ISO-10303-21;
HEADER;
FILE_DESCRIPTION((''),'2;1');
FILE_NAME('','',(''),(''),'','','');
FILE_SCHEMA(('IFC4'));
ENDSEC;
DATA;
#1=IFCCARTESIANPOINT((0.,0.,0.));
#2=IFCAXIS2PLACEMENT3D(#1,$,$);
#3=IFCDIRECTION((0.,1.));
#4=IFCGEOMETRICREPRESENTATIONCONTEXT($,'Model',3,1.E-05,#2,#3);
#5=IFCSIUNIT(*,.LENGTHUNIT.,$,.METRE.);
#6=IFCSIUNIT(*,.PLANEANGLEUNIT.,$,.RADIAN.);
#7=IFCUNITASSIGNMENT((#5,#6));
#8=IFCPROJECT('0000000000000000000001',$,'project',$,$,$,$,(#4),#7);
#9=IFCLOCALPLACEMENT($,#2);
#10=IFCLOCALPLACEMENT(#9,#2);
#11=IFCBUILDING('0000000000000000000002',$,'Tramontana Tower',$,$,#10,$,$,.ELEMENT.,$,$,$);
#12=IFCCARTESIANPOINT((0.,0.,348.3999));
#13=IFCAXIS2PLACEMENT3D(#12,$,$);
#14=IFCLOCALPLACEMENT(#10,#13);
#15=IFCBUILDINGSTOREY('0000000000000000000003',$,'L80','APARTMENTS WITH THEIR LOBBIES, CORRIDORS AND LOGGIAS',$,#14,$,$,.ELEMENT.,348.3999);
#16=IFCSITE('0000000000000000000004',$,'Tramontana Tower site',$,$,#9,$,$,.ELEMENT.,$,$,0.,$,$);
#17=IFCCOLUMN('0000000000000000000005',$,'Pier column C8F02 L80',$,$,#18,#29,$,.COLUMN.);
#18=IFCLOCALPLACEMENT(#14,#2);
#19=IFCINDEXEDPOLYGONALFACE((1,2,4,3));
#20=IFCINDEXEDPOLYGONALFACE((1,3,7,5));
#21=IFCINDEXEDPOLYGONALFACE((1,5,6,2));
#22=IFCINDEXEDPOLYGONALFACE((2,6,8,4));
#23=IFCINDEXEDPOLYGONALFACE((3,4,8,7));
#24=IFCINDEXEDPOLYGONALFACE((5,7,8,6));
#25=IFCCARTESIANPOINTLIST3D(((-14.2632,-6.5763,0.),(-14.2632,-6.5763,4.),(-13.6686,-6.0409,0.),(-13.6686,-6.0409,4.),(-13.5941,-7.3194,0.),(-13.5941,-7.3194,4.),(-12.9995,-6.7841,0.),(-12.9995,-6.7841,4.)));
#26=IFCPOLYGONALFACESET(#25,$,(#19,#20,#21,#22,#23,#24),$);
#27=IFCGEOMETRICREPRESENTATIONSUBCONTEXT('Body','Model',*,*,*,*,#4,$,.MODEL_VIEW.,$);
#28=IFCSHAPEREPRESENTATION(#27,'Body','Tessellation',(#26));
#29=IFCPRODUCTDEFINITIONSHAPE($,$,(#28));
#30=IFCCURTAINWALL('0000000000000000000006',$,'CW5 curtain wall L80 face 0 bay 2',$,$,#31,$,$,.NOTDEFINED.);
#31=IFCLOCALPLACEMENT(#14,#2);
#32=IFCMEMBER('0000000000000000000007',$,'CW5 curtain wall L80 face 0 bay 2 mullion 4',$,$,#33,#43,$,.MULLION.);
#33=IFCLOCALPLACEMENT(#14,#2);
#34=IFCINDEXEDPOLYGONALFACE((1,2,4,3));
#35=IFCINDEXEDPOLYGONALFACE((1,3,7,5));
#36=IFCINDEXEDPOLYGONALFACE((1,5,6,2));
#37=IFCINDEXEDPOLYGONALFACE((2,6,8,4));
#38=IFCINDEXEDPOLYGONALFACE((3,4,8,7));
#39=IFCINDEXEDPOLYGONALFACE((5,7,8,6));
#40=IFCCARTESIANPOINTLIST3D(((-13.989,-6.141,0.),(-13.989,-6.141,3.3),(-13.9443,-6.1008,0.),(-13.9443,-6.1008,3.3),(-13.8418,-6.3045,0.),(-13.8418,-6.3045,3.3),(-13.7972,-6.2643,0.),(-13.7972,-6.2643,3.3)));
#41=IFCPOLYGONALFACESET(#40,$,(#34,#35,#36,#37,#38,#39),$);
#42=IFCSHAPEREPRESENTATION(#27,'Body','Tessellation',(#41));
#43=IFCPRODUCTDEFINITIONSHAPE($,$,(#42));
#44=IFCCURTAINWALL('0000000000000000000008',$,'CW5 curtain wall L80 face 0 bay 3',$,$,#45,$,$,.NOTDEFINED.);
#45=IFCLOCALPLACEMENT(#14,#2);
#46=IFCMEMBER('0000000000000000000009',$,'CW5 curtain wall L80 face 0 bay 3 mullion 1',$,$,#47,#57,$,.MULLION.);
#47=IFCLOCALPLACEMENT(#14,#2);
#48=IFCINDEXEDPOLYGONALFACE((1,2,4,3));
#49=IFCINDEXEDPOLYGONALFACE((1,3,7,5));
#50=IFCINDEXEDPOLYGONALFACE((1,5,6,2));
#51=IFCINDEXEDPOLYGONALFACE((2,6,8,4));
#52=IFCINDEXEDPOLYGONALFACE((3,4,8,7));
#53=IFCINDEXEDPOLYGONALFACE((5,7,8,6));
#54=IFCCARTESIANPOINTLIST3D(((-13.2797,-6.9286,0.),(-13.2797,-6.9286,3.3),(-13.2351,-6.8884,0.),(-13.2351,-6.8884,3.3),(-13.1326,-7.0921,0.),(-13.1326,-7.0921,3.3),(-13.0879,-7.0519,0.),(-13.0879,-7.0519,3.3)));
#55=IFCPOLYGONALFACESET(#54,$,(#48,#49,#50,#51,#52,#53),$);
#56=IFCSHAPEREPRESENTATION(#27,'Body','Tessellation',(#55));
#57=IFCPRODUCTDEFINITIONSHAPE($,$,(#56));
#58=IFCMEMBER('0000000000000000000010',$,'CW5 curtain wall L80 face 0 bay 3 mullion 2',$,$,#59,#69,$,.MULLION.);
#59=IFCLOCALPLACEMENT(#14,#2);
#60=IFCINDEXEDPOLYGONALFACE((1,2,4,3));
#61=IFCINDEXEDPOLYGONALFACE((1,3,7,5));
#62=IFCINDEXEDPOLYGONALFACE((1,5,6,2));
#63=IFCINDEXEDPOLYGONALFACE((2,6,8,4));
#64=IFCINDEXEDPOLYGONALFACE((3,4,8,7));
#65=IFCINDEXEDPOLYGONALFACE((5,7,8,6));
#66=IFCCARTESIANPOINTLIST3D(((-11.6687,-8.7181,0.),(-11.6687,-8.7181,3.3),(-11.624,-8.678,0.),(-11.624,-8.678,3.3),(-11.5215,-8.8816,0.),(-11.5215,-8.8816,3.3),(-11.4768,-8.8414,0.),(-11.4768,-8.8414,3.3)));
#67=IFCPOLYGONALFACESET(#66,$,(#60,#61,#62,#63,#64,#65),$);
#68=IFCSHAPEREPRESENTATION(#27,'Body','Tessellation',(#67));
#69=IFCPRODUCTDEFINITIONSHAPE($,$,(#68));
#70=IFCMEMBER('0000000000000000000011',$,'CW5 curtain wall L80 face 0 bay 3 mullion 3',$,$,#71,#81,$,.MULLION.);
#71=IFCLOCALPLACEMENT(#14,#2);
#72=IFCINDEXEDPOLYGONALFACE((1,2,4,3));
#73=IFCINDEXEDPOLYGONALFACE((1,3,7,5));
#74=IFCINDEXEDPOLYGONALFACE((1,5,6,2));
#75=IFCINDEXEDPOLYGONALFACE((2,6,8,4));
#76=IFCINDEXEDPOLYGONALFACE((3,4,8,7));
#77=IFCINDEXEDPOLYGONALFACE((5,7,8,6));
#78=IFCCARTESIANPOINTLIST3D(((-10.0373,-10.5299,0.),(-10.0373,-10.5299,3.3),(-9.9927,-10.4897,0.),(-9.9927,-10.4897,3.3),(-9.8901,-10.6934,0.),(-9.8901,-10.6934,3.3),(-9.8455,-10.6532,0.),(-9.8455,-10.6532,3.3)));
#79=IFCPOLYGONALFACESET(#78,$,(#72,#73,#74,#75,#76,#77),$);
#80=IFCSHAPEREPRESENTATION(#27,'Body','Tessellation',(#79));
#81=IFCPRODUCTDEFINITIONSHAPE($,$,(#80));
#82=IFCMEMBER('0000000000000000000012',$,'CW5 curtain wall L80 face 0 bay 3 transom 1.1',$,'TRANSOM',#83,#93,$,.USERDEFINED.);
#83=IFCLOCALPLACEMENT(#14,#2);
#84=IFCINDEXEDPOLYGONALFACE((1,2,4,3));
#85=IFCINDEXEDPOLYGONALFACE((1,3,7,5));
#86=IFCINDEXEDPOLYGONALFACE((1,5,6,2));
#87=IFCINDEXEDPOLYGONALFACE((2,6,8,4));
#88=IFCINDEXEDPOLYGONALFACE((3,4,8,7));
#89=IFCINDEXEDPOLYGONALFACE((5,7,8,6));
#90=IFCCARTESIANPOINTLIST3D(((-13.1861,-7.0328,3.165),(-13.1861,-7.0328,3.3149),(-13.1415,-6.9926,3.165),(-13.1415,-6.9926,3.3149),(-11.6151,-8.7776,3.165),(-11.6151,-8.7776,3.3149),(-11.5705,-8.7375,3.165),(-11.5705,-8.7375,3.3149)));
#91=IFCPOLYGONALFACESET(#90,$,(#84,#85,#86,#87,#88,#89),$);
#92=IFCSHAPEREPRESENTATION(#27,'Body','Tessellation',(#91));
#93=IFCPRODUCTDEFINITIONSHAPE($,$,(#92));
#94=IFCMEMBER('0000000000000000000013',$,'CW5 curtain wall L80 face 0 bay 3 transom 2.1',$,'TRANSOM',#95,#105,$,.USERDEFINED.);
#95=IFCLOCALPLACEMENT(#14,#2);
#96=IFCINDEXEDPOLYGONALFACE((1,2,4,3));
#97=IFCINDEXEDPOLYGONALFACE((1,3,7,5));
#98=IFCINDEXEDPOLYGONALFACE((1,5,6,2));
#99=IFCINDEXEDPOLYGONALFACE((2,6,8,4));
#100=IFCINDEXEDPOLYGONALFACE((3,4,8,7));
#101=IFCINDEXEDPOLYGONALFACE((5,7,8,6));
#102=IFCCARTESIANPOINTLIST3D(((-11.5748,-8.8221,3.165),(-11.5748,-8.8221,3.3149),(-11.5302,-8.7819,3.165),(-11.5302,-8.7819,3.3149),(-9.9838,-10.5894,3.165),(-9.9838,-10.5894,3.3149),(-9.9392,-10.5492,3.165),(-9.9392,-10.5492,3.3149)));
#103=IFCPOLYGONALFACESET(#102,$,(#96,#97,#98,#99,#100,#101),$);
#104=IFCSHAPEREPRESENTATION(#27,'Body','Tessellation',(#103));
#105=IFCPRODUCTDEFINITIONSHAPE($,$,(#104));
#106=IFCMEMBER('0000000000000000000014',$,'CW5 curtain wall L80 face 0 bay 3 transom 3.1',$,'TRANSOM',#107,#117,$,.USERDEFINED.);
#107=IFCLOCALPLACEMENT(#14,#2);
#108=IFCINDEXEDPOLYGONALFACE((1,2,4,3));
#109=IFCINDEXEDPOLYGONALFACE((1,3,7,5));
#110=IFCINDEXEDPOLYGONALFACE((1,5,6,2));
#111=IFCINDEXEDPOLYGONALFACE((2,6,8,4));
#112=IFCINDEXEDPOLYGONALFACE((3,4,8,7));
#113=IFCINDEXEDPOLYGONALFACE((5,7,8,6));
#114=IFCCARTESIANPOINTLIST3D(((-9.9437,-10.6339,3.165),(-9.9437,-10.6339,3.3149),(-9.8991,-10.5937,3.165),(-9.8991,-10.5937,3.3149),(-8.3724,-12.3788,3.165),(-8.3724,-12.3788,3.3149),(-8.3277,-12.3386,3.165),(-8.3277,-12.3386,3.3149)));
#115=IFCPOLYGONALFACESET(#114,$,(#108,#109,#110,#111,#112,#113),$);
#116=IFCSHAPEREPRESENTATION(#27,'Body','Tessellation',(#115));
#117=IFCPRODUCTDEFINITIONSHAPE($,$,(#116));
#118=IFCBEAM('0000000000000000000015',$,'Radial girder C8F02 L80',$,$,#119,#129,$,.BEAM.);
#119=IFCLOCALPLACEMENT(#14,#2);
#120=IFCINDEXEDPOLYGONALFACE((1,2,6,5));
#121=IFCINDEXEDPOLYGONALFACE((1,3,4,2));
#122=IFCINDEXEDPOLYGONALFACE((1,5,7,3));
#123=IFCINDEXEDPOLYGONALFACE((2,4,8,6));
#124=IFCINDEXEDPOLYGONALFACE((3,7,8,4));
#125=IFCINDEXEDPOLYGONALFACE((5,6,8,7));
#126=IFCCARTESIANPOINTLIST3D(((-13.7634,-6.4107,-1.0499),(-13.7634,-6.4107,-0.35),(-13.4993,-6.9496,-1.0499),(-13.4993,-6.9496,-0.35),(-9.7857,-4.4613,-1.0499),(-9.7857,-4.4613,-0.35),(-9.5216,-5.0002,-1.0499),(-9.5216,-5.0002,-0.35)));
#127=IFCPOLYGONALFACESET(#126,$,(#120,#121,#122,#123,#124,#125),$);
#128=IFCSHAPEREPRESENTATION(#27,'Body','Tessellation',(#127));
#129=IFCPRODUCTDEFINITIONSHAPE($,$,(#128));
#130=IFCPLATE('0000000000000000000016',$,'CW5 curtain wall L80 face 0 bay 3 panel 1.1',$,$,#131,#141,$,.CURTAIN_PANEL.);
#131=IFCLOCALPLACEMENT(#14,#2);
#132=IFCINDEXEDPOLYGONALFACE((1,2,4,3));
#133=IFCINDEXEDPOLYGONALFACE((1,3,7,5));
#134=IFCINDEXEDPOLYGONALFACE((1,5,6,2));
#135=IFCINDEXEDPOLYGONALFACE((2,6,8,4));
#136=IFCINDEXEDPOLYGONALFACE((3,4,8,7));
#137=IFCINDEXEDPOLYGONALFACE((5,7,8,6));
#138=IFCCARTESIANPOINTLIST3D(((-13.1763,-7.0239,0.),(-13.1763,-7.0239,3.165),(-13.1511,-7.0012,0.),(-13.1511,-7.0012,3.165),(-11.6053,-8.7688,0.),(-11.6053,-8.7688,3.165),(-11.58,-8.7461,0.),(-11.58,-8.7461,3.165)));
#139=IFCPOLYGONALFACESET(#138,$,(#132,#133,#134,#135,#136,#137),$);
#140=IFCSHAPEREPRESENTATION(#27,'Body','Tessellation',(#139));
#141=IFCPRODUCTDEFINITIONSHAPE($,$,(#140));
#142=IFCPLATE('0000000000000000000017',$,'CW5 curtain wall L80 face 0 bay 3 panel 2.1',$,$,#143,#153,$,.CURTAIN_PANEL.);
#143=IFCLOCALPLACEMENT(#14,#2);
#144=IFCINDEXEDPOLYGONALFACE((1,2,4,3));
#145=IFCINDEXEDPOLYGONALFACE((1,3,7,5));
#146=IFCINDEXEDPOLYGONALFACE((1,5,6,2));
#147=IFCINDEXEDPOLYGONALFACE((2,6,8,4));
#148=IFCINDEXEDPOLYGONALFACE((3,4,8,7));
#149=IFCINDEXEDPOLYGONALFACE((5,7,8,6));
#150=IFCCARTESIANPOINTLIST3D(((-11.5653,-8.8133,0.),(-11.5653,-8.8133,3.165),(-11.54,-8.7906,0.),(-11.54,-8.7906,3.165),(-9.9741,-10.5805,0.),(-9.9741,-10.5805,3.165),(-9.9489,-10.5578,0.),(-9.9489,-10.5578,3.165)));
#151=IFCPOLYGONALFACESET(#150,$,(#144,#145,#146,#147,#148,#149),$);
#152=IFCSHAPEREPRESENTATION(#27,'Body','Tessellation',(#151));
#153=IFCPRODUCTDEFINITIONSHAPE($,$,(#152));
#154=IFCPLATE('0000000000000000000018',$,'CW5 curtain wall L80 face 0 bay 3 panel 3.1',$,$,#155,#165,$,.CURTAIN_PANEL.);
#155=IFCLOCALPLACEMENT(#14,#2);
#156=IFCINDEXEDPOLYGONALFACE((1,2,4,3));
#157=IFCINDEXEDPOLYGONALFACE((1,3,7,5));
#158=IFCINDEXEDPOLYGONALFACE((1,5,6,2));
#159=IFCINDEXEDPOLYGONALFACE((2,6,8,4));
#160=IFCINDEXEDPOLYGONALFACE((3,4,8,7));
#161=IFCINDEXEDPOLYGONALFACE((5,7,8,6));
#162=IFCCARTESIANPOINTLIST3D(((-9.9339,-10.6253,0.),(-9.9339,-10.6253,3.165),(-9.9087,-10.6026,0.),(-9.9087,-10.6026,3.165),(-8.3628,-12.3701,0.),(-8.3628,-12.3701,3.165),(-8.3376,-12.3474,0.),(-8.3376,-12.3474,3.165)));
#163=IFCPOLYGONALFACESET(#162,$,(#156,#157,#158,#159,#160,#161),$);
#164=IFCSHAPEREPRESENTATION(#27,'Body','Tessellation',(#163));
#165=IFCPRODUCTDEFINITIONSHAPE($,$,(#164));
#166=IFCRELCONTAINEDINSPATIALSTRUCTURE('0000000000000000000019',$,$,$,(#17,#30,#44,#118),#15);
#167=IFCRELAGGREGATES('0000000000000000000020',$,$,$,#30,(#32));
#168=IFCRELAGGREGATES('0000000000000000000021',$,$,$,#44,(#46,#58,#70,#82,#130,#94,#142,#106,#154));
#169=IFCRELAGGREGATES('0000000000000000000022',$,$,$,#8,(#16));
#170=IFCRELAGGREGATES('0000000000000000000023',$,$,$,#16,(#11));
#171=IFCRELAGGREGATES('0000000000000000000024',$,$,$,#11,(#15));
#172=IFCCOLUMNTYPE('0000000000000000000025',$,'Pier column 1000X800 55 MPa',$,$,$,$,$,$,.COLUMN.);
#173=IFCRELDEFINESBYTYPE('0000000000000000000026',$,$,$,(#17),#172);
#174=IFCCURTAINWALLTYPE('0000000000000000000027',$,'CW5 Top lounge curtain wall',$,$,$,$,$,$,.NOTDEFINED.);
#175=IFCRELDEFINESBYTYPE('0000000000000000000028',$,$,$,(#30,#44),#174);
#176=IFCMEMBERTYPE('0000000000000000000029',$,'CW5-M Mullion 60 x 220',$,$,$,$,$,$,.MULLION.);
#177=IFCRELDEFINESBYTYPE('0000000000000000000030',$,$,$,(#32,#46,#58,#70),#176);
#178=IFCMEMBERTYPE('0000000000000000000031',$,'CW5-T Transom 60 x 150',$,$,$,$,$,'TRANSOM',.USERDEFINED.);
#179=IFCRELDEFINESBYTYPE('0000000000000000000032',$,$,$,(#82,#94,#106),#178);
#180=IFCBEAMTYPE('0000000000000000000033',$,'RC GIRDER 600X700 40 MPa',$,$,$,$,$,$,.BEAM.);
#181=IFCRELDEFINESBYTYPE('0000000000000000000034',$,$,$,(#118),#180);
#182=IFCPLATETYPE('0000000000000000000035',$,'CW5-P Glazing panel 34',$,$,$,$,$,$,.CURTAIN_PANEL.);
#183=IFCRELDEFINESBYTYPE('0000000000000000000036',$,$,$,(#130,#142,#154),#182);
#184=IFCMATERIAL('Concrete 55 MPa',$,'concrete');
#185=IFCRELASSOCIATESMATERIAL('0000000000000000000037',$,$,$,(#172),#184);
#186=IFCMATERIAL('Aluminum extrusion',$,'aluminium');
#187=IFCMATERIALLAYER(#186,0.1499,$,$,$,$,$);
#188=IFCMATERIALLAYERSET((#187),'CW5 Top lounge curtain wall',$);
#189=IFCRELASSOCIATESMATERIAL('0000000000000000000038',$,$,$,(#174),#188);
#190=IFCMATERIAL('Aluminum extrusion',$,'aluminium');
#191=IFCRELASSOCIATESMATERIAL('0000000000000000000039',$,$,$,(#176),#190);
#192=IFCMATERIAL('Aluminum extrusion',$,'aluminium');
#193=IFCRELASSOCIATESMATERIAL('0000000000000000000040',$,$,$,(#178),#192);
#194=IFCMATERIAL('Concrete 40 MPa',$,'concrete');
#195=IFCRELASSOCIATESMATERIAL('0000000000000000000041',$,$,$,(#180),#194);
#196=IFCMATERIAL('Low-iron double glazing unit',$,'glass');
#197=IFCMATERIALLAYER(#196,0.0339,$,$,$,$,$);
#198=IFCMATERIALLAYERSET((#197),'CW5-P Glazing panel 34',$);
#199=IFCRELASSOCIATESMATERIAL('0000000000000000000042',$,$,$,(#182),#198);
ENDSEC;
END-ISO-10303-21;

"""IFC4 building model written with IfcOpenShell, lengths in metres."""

from ifc_helpers import new_model, si_unit, direction, frame, origin, origin_2d, place, context, subcontext, project, spatial, rectangle, extrude, material, layer, layer_set, material_profile, profile_set, type_object, element, aggregate, save


model = new_model("IFC4")

# Units and contexts
model_context = context("Model", 3, precision=1e-05, world=origin(), true_north=direction((0.0, 1.0)))
body_context = subcontext(model_context, "Body", "Model", "MODEL_VIEW")
ifc_project = project(units=[si_unit("LENGTHUNIT", "METRE"), si_unit("PLANEANGLEUNIT", "RADIAN")], contexts=[model_context])

# Site, building, storey
site_placement = place(None, origin())
site = spatial("IfcSite", under=ifc_project, at=site_placement, Name="Tramontana Tower site", CompositionType="ELEMENT", RefElevation=0.0)
building_placement = place(site_placement, origin())
building = spatial("IfcBuilding", under=site, at=building_placement, Name="Tramontana Tower", CompositionType="ELEMENT")
storey_placement = place(building_placement, frame((0.0, 0.0, 348.3999)))
storey = spatial("IfcBuildingStorey", under=building, at=storey_placement, Name="L80", Description="APARTMENTS WITH THEIR LOBBIES, CORRIDORS AND LOGGIAS", CompositionType="ELEMENT", Elevation=348.3999)

# Column
ifc_material_1 = material(Name="Concrete 55 MPa", Category="concrete")
ifc_material_profile_1 = material_profile(ifc_material_1, rectangle(XDim=1.0, YDim=0.8, at=origin_2d()), Name="Pier column 1000X800 55 MPa")
ifc_profile_set_1 = profile_set([ifc_material_profile_1], Name="Concrete 55 MPa")
column_type = type_object("IfcColumnType", Name="Pier column 1000X800 55 MPa", PredefinedType="COLUMN", material=ifc_profile_set_1)
column_placement = place(storey_placement, frame((-13.6313, -6.6802, 0.0), z_axis=(0.0, 0.0, 1.0), x_axis=(0.669131, -0.743145, 0.0)))
element("IfcColumn", 1, at=column_placement, inside=storey, type_object=column_type, Name="Pier column C8F02 L80", PredefinedType="COLUMN", context=body_context, shape_type="SweptSolid", body=[
    extrude(rectangle(XDim=1.0, YDim=0.8, at=origin_2d()), origin(), (0.0, 0.0, 1.0), 4.0),
])

# Curtain wall, member
ifc_material_2 = material(Name="Aluminum extrusion", Category="aluminium")
ifc_layer_1 = layer(ifc_material_2, 0.1499)
ifc_layer_set_1 = layer_set([ifc_layer_1], Name="CW5 Top lounge curtain wall")
curtain_wall_type = type_object("IfcCurtainWallType", Name="CW5 Top lounge curtain wall", PredefinedType="NOTDEFINED", material=ifc_layer_set_1)
curtain_wall_1_placement = place(storey_placement, origin())
curtain_wall_1 = element("IfcCurtainWall", 2, at=curtain_wall_1_placement, inside=storey, type_object=curtain_wall_type, Name="CW5 curtain wall L80 face 0 bay 2", PredefinedType="NOTDEFINED")
ifc_material_3 = material(Name="Aluminum extrusion", Category="aluminium")
ifc_material_profile_2 = material_profile(ifc_material_3, rectangle(XDim=0.0601, YDim=0.22, at=origin_2d()), Name="CW5-M Mullion 60 x 220")
ifc_profile_set_2 = profile_set([ifc_material_profile_2], Name="Aluminum extrusion")
member_type_1 = type_object("IfcMemberType", Name="CW5-M Mullion 60 x 220", PredefinedType="MULLION", material=ifc_profile_set_2)
member_1_placement = place(storey_placement, frame((-13.8931, -6.2026, 0.0), z_axis=(0.0, 0.0, 1.0), x_axis=(0.743145, 0.669131, 0.0)))
member_1 = element("IfcMember", 3, at=member_1_placement, type_object=member_type_1, Name="CW5 curtain wall L80 face 0 bay 2 mullion 4", PredefinedType="MULLION", context=body_context, shape_type="SweptSolid", body=[
    extrude(rectangle(XDim=0.0601, YDim=0.22, at=origin_2d()), origin(), (0.0, 0.0, 1.0), 3.3),
])
aggregate(curtain_wall_1, [member_1])

# Curtain wall, members
curtain_wall_2_placement = place(storey_placement, origin())
curtain_wall_2 = element("IfcCurtainWall", 4, at=curtain_wall_2_placement, inside=storey, type_object=curtain_wall_type, Name="CW5 curtain wall L80 face 0 bay 3", PredefinedType="NOTDEFINED")
member_2_placement = place(storey_placement, frame((-13.1838, -6.9902, 0.0), z_axis=(0.0, 0.0, 1.0), x_axis=(0.743145, 0.669131, 0.0)))
member_2 = element("IfcMember", 5, at=member_2_placement, type_object=member_type_1, Name="CW5 curtain wall L80 face 0 bay 3 mullion 1", PredefinedType="MULLION", context=body_context, shape_type="SweptSolid", body=[
    extrude(rectangle(XDim=0.0601, YDim=0.22, at=origin_2d()), origin(), (0.0, 0.0, 1.0), 3.3),
])
member_3_placement = place(storey_placement, frame((-11.5728, -8.7798, 0.0), z_axis=(0.0, 0.0, 1.0), x_axis=(0.743145, 0.669131, 0.0)))
member_3 = element("IfcMember", 6, at=member_3_placement, type_object=member_type_1, Name="CW5 curtain wall L80 face 0 bay 3 mullion 2", PredefinedType="MULLION", context=body_context, shape_type="SweptSolid", body=[
    extrude(rectangle(XDim=0.0601, YDim=0.22, at=origin_2d()), origin(), (0.0, 0.0, 1.0), 3.3),
])
member_4_placement = place(storey_placement, frame((-9.9414, -10.5916, 0.0), z_axis=(0.0, 0.0, 1.0), x_axis=(0.743145, 0.669131, 0.0)))
member_4 = element("IfcMember", 7, at=member_4_placement, type_object=member_type_1, Name="CW5 curtain wall L80 face 0 bay 3 mullion 3", PredefinedType="MULLION", context=body_context, shape_type="SweptSolid", body=[
    extrude(rectangle(XDim=0.0601, YDim=0.22, at=origin_2d()), origin(), (0.0, 0.0, 1.0), 3.3),
])
ifc_material_4 = material(Name="Aluminum extrusion", Category="aluminium")
ifc_material_profile_3 = material_profile(ifc_material_4, rectangle(XDim=0.0601, YDim=0.1499, at=origin_2d()), Name="CW5-T Transom 60 x 150")
ifc_profile_set_3 = profile_set([ifc_material_profile_3], Name="Aluminum extrusion")
member_type_2 = type_object("IfcMemberType", Name="CW5-T Transom 60 x 150", ElementType="TRANSOM", PredefinedType="USERDEFINED", material=ifc_profile_set_3)
member_5_placement = place(storey_placement, frame((-13.1638, -7.0127, 3.24), z_axis=(0.66912, -0.743155, 0.0), x_axis=(0.743155, 0.66912, 0.0)))
member_5 = element("IfcMember", 8, at=member_5_placement, type_object=member_type_2, Name="CW5 curtain wall L80 face 0 bay 3 transom 1.1", ObjectType="TRANSOM", PredefinedType="USERDEFINED", context=body_context, shape_type="SweptSolid", body=[
    extrude(rectangle(XDim=0.0601, YDim=0.1499, at=origin_2d()), origin(), (0.0, 0.0, 1.0), 2.3479),
])
member_6_placement = place(storey_placement, frame((-11.5525, -8.802, 3.24), z_axis=(0.669072, -0.743197, 0.0), x_axis=(0.743197, 0.669072, 0.0)))
member_6 = element("IfcMember", 9, at=member_6_placement, type_object=member_type_2, Name="CW5 curtain wall L80 face 0 bay 3 transom 2.1", ObjectType="TRANSOM", PredefinedType="USERDEFINED", context=body_context, shape_type="SweptSolid", body=[
    extrude(rectangle(XDim=0.0601, YDim=0.1499, at=origin_2d()), origin(), (0.0, 0.0, 1.0), 2.3779),
])
member_7_placement = place(storey_placement, frame((-9.9214, -10.6138, 3.24), z_axis=(0.669177, -0.743103, 0.0), x_axis=(0.743103, 0.669177, 0.0)))
member_7 = element("IfcMember", 10, at=member_7_placement, type_object=member_type_2, Name="CW5 curtain wall L80 face 0 bay 3 transom 3.1", ObjectType="TRANSOM", PredefinedType="USERDEFINED", context=body_context, shape_type="SweptSolid", body=[
    extrude(rectangle(XDim=0.0601, YDim=0.1499, at=origin_2d()), origin(), (0.0, 0.0, 1.0), 2.3481),
])

# Beam
ifc_material_5 = material(Name="Concrete 40 MPa", Category="concrete")
ifc_material_profile_4 = material_profile(ifc_material_5, rectangle(XDim=0.6001, YDim=0.7, at=origin_2d()), Name="RC GIRDER 600X700 40 MPa")
ifc_profile_set_4 = profile_set([ifc_material_profile_4], Name="Concrete 40 MPa")
beam_type = type_object("IfcBeamType", Name="RC GIRDER 600X700 40 MPa", PredefinedType="BEAM", material=ifc_profile_set_4)
beam_placement = place(storey_placement, frame((-13.6313, -6.6802, -0.7), z_axis=(0.897959, 0.440079, 0.0), x_axis=(-0.440079, 0.897959, 0.0)))
element("IfcBeam", 11, at=beam_placement, inside=storey, type_object=beam_type, Name="Radial girder C8F02 L80", PredefinedType="BEAM", context=body_context, shape_type="SweptSolid", body=[
    extrude(rectangle(XDim=0.6001, YDim=0.7, at=origin_2d()), origin(), (0.0, 0.0, 1.0), 4.4297),
])

# Plates
ifc_material_6 = material(Name="Low-iron double glazing unit", Category="glass")
ifc_layer_2 = layer(ifc_material_6, 0.0339)
ifc_layer_set_2 = layer_set([ifc_layer_2], Name="CW5-P Glazing panel 34")
plate_type = type_object("IfcPlateType", Name="CW5-P Glazing panel 34", PredefinedType="CURTAIN_PANEL", material=ifc_layer_set_2)
plate_1_placement = place(storey_placement, frame((-12.3782, -7.885, 0.0), z_axis=(0.0, 0.0, 1.0), x_axis=(0.669131, -0.743145, 0.0)))
plate_1 = element("IfcPlate", 12, at=plate_1_placement, type_object=plate_type, Name="CW5 curtain wall L80 face 0 bay 3 panel 1.1", PredefinedType="CURTAIN_PANEL", context=body_context, shape_type="SweptSolid", body=[
    extrude(rectangle(XDim=2.3479, YDim=0.0339, at=origin_2d()), origin(), (0.0, 0.0, 1.0), 3.165),
])
plate_2_placement = place(storey_placement, frame((-10.7571, -9.6855, 0.0), z_axis=(0.0, 0.0, 1.0), x_axis=(0.669131, -0.743145, 0.0)))
plate_2 = element("IfcPlate", 13, at=plate_2_placement, type_object=plate_type, Name="CW5 curtain wall L80 face 0 bay 3 panel 2.1", PredefinedType="CURTAIN_PANEL", context=body_context, shape_type="SweptSolid", body=[
    extrude(rectangle(XDim=2.3779, YDim=0.0339, at=origin_2d()), origin(), (0.0, 0.0, 1.0), 3.165),
])
plate_3_placement = place(storey_placement, frame((-9.1357, -11.4863, 0.0), z_axis=(0.0, 0.0, 1.0), x_axis=(0.669131, -0.743145, 0.0)))
plate_3 = element("IfcPlate", 14, at=plate_3_placement, type_object=plate_type, Name="CW5 curtain wall L80 face 0 bay 3 panel 3.1", PredefinedType="CURTAIN_PANEL", context=body_context, shape_type="SweptSolid", body=[
    extrude(rectangle(XDim=2.3479, YDim=0.0339, at=origin_2d()), origin(), (0.0, 0.0, 1.0), 3.165),
])
aggregate(curtain_wall_2, [member_2, member_3, member_4, member_5, plate_1, member_6, plate_2, member_7, plate_3])

save(model, "model.ifc")
